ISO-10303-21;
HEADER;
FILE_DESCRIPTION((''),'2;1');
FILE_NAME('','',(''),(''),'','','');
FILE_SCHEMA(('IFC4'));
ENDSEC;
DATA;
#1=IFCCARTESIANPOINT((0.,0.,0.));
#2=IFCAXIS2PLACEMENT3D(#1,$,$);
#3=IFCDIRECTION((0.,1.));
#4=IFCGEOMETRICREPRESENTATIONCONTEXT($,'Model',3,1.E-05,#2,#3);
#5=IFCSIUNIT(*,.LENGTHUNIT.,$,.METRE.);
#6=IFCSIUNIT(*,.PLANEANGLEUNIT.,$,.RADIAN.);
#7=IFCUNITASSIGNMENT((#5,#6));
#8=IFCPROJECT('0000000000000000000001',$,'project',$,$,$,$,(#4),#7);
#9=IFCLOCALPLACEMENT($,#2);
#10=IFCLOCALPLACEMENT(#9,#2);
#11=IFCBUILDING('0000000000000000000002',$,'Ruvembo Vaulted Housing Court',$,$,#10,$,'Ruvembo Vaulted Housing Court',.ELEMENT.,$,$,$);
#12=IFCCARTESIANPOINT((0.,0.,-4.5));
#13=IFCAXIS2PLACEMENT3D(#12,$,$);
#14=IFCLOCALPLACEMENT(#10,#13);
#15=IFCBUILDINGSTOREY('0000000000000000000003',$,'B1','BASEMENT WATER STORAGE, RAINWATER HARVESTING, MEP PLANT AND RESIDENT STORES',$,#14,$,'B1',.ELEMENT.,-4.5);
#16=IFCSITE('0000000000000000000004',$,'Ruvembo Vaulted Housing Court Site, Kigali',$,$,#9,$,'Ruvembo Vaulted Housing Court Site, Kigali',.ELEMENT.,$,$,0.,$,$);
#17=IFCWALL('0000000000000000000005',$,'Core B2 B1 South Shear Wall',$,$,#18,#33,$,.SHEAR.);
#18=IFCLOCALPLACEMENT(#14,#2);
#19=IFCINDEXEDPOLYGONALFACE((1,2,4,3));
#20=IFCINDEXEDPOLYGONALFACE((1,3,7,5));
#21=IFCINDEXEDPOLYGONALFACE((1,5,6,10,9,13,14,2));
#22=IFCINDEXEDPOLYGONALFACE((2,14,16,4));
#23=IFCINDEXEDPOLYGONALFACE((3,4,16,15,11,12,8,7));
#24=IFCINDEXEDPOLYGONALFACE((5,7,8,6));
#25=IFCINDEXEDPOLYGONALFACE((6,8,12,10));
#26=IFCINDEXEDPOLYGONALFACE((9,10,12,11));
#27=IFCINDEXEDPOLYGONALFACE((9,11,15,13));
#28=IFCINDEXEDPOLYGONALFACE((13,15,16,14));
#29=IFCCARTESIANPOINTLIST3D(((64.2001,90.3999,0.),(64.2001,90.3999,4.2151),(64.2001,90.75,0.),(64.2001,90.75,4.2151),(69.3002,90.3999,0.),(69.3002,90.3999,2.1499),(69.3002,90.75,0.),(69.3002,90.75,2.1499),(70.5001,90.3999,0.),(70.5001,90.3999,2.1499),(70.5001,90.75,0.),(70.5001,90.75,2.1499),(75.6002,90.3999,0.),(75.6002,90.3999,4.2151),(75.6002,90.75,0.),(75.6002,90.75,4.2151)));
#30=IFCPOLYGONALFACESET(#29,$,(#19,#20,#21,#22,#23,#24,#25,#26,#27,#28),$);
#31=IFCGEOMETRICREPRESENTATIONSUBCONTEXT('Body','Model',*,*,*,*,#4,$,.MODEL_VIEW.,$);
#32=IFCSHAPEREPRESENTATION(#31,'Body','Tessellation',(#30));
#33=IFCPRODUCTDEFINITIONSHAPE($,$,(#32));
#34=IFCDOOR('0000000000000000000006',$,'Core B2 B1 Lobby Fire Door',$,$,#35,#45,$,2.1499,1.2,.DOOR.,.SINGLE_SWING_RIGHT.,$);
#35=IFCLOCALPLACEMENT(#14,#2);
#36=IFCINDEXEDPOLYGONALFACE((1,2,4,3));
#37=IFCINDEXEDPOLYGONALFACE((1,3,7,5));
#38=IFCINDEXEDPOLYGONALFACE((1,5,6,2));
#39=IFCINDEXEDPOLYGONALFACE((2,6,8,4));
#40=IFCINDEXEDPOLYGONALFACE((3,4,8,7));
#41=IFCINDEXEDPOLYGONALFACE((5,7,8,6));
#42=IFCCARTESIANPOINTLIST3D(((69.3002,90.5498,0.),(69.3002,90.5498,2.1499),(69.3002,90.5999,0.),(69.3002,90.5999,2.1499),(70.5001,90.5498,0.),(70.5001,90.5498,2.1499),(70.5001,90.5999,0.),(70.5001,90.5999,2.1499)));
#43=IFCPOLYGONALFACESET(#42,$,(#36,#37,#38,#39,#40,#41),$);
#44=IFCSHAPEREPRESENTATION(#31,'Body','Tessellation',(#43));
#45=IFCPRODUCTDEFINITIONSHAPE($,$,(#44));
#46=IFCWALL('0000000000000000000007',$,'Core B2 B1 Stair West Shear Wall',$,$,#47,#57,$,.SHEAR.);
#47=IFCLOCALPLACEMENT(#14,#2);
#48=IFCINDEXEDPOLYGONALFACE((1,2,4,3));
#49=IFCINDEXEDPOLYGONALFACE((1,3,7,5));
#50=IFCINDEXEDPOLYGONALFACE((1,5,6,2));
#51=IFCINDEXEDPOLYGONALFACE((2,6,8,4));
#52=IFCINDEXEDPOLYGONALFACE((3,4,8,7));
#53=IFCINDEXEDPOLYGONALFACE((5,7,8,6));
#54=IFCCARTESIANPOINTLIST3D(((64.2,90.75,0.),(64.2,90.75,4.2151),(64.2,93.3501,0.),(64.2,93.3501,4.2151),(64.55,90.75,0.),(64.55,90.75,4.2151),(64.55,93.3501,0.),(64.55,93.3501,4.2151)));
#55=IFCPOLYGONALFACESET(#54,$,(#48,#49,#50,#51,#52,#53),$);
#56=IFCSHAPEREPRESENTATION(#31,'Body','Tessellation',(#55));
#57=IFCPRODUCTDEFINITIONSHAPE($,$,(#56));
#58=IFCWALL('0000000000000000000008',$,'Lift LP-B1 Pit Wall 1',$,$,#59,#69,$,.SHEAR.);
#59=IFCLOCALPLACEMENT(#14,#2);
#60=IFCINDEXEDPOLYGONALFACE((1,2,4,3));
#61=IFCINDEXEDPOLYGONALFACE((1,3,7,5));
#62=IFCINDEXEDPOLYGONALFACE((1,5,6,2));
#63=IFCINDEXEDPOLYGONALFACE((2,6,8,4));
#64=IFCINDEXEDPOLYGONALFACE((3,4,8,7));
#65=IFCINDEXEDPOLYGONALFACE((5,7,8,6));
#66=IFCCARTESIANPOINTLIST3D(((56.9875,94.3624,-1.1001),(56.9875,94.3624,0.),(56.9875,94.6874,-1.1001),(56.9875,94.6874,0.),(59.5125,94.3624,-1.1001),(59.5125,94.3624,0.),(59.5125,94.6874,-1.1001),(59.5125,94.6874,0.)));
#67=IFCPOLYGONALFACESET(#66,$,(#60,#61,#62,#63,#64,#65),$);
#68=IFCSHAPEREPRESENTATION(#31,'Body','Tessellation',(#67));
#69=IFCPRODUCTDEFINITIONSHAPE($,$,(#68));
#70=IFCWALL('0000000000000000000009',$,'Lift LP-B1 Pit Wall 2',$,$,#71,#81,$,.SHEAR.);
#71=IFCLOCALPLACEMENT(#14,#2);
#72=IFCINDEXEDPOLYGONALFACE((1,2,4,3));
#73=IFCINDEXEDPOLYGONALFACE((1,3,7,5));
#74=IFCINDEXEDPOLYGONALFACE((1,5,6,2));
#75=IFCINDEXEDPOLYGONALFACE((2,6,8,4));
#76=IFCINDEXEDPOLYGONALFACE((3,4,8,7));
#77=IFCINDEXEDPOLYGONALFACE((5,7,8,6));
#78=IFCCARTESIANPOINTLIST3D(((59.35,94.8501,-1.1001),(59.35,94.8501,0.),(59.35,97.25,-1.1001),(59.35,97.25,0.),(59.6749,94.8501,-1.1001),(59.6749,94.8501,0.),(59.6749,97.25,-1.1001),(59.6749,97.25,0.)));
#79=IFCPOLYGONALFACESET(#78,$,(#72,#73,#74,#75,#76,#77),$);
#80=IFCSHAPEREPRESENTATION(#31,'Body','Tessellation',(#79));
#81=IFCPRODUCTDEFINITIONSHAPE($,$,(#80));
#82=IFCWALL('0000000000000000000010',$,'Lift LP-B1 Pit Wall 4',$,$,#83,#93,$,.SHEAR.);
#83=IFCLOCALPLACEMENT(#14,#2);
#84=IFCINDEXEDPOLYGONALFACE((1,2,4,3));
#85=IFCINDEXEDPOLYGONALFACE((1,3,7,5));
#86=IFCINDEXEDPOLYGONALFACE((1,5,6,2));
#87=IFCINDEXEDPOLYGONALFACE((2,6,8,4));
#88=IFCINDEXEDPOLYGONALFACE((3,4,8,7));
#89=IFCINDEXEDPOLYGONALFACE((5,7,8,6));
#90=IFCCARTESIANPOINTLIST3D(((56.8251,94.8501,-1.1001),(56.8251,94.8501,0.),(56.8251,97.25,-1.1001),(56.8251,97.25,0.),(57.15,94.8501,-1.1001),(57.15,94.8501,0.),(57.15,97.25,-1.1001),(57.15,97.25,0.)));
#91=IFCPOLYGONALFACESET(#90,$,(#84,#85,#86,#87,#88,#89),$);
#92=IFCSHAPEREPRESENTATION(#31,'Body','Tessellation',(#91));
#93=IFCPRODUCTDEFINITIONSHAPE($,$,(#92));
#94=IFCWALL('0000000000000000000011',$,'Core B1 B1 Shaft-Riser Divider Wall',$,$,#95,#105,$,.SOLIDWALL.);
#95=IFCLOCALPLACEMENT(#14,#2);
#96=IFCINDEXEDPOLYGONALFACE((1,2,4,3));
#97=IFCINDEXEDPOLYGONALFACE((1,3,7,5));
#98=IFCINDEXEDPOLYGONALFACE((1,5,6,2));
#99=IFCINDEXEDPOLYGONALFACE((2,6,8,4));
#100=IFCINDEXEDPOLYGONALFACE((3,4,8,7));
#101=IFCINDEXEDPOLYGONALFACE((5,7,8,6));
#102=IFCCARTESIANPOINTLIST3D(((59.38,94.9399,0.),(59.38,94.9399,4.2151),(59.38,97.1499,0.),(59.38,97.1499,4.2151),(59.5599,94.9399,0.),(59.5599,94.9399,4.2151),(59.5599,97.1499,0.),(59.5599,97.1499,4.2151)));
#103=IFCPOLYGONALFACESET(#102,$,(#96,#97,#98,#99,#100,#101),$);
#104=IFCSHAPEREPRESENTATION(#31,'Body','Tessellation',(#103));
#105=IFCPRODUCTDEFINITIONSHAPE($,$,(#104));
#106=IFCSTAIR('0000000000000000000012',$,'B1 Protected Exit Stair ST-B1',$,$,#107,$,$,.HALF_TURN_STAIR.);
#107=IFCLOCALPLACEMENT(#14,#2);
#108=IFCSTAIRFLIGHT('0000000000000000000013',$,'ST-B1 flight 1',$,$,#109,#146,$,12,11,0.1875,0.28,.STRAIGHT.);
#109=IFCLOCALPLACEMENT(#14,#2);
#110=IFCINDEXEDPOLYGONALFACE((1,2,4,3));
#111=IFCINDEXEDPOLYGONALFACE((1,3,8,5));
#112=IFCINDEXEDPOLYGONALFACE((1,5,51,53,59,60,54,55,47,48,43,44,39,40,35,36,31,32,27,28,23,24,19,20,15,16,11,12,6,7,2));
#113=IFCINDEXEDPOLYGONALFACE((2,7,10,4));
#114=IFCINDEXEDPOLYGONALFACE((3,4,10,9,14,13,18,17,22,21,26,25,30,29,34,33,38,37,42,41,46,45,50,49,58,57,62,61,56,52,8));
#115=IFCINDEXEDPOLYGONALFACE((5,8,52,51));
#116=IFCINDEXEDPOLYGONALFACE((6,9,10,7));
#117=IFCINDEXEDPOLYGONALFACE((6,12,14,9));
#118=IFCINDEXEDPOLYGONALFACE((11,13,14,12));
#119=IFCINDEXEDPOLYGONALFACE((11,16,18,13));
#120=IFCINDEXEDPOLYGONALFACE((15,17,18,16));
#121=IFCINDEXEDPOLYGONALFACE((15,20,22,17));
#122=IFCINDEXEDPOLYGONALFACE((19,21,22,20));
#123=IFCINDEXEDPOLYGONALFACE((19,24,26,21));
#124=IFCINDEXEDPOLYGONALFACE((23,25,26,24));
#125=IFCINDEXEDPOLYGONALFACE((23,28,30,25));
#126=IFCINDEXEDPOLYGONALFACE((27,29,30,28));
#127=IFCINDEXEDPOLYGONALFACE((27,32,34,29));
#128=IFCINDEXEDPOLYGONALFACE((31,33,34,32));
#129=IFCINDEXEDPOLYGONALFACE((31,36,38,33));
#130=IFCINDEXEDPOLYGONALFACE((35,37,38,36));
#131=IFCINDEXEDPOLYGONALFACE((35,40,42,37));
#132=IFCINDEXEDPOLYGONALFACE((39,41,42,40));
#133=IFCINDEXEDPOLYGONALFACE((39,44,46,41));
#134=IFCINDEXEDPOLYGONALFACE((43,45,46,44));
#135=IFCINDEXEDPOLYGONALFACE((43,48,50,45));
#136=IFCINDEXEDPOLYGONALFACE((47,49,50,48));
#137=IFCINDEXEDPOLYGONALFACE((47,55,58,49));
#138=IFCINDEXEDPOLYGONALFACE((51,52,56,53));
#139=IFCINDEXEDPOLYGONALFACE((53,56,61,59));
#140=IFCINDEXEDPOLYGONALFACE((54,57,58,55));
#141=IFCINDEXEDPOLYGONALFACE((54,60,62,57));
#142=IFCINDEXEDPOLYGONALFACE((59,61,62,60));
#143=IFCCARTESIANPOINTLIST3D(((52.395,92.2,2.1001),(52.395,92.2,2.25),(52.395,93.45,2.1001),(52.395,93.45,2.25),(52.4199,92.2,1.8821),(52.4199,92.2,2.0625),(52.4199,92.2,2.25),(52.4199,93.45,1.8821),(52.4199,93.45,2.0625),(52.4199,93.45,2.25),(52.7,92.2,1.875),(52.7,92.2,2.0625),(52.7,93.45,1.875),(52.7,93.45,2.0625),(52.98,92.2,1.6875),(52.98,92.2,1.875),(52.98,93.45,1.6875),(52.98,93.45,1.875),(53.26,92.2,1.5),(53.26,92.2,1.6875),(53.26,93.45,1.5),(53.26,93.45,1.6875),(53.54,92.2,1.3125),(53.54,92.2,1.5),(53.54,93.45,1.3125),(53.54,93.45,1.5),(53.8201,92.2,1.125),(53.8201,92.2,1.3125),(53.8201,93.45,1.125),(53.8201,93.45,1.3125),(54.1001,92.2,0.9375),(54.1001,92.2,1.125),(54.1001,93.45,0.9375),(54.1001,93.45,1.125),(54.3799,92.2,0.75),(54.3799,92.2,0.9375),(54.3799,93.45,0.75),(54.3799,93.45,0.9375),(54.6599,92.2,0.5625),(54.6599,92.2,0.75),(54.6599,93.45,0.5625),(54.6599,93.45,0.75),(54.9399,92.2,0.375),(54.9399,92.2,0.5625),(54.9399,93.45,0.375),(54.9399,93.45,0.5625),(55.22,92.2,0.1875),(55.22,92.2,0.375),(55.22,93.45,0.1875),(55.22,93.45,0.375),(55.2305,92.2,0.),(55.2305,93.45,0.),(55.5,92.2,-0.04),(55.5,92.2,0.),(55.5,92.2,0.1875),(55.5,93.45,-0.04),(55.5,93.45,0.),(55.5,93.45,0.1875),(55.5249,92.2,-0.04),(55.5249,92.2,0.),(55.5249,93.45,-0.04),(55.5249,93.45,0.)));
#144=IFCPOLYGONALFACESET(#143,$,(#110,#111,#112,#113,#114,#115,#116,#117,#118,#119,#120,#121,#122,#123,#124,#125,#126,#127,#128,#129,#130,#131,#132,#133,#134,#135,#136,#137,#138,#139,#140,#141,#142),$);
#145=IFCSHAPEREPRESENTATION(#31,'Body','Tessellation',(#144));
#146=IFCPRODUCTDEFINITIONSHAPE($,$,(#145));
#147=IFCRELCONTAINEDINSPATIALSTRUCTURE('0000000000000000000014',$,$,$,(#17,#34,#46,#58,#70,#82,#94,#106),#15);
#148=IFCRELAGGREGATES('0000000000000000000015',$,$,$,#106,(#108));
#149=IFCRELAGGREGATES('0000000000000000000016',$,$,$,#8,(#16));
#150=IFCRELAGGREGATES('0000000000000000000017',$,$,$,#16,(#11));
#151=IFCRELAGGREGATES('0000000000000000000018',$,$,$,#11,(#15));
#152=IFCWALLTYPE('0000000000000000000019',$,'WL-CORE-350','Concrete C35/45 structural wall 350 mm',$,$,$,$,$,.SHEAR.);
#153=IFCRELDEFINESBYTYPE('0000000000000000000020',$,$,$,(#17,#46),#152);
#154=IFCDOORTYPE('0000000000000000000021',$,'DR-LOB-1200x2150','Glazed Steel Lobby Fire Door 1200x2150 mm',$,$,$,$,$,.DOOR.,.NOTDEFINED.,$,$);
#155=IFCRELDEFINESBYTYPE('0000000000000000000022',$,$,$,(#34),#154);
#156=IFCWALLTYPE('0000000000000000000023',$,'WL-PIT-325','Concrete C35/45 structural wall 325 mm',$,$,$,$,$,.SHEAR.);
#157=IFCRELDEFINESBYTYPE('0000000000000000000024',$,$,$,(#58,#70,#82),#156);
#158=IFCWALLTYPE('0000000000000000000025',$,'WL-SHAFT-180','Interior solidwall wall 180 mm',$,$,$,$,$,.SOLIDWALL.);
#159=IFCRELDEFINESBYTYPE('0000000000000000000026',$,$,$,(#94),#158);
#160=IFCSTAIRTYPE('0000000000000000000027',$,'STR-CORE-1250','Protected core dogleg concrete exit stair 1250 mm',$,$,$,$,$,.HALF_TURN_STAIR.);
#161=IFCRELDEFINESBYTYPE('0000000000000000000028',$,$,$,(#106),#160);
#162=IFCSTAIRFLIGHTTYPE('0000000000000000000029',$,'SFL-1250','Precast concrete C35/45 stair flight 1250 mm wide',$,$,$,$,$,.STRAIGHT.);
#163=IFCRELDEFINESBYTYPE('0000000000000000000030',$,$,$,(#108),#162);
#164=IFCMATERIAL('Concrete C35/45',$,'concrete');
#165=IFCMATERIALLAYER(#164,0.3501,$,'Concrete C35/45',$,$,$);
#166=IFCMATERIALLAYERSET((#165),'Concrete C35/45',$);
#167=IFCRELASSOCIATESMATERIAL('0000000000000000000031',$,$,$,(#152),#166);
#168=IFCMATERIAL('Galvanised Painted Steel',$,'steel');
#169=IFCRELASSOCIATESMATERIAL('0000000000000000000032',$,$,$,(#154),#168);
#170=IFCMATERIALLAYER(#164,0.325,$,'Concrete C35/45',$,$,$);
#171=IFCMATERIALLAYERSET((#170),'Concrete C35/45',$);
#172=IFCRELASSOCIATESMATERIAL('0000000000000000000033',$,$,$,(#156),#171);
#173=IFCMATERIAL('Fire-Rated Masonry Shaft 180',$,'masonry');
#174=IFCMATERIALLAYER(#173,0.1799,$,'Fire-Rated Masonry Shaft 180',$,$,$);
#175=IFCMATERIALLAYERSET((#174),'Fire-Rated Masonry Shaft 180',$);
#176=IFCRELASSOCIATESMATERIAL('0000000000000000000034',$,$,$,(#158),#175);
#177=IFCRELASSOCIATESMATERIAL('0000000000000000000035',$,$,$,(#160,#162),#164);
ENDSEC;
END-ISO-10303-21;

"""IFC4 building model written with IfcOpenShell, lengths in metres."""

from ifc_helpers import new_model, si_unit, direction, frame, frame_2d, origin, place, context, subcontext, project, spatial, polyline, rectangle, outline, extrude, material, layer, layer_set, type_object, element, fill, aggregate, save


model = new_model("IFC4")

# Units and contexts
model_context = context("Model", 3, precision=1e-05, world=origin(), true_north=direction((0.0, 1.0)))
body_context = subcontext(model_context, "Body", "Model", "MODEL_VIEW")
ifc_project = project(units=[si_unit("LENGTHUNIT", "METRE"), si_unit("PLANEANGLEUNIT", "RADIAN")], contexts=[model_context])

# Site, building, storey
site_placement = place(None, origin())
site = spatial("IfcSite", under=ifc_project, at=site_placement, Name="Ruvembo Vaulted Housing Court Site, Kigali", LongName="Ruvembo Vaulted Housing Court Site, Kigali", CompositionType="ELEMENT", RefElevation=0.0)
building_placement = place(site_placement, origin())
building = spatial("IfcBuilding", under=site, at=building_placement, Name="Ruvembo Vaulted Housing Court", LongName="Ruvembo Vaulted Housing Court", CompositionType="ELEMENT")
storey_placement = place(building_placement, frame((0.0, 0.0, -4.5)))
storey = spatial("IfcBuildingStorey", under=building, at=storey_placement, Name="B1", Description="BASEMENT WATER STORAGE, RAINWATER HARVESTING, MEP PLANT AND RESIDENT STORES", LongName="B1", CompositionType="ELEMENT", Elevation=-4.5)

# Shared definitions
ifc_material_1 = material(Name="Concrete C35/45", Category="concrete")

# Shared definitions
ifc_material_2 = material(Name="Galvanised Painted Steel", Category="steel")

# Shared definitions
ifc_layer_1 = layer(ifc_material_1, 0.3501, Name="Concrete C35/45")
ifc_layer_set_1 = layer_set([ifc_layer_1], Name="Concrete C35/45")
wall_type_1 = type_object("IfcWallType", Name="WL-CORE-350", Description="Concrete C35/45 structural wall 350 mm", PredefinedType="SHEAR", material=ifc_layer_set_1)

# Wall, opening, door
wall_1_placement = place(storey_placement, frame((64.2, 90.575, 0.0), z_axis=(0.0, 0.0, 1.0), x_axis=(1.0, 0.0, 0.0)))
wall_1 = element("IfcWall", 1, at=wall_1_placement, inside=storey, type_object=wall_type_1, Name="Core B2 B1 South Shear Wall", PredefinedType="SHEAR", context=body_context, shape_type="SweptSolid", body=[
    extrude(rectangle(XDim=11.4001, YDim=0.3501, at=frame_2d((5.7002, 0.0))), origin(), (0.0, 0.0, 1.0), 4.2151),
])
opening_1_placement = place(wall_1_placement, frame((5.1001, 0.0, 0.0)))
opening_1 = element("IfcOpeningElement", 2, at=opening_1_placement, cuts=wall_1, PredefinedType="OPENING", context=body_context, shape_type="SweptSolid", body=[
    extrude(rectangle(XDim=1.2, YDim=2.1499, at=frame_2d((0.6001, 1.075))), frame((0.0, 0.1851, 0.0), z_axis=(0.0, -1.0, 0.0), x_axis=(1.0, 0.0, 0.0)), (0.0, 0.0, 1.0), 0.3701),
])
door_type_1 = type_object("IfcDoorType", Name="DR-LOB-1200x2150", Description="Glazed Steel Lobby Fire Door 1200x2150 mm", OperationType="NOTDEFINED", PredefinedType="DOOR", material=ifc_material_2)
door_1_placement = place(opening_1_placement, origin())
door_1 = element("IfcDoor", 3, at=door_1_placement, inside=storey, type_object=door_type_1, Name="Core B2 B1 Lobby Fire Door", OperationType="SINGLE_SWING_RIGHT", OverallHeight=2.1499, OverallWidth=1.2, PredefinedType="DOOR", context=body_context, shape_type="SweptSolid", body=[
    extrude(rectangle(XDim=1.2, YDim=2.1499, at=frame_2d((0.6001, 1.075))), frame((0.0, 0.0249, 0.0), z_axis=(0.0, -1.0, 0.0), x_axis=(1.0, 0.0, 0.0)), (0.0, 0.0, 1.0), 0.05),
])
fill(opening_1, door_1)

# Walls
wall_2_placement = place(storey_placement, frame((64.375, 93.3501, 0.0), z_axis=(0.0, 0.0, 1.0), x_axis=(0.0, -1.0, 0.0)))
element("IfcWall", 4, at=wall_2_placement, inside=storey, type_object=wall_type_1, Name="Core B2 B1 Stair West Shear Wall", PredefinedType="SHEAR", context=body_context, shape_type="SweptSolid", body=[
    extrude(rectangle(XDim=2.6001, YDim=0.3501, at=frame_2d((1.3, 0.0))), origin(), (0.0, 0.0, 1.0), 4.2151),
])
ifc_layer_2 = layer(ifc_material_1, 0.325, Name="Concrete C35/45")
ifc_layer_set_2 = layer_set([ifc_layer_2], Name="Concrete C35/45")
wall_type_2 = type_object("IfcWallType", Name="WL-PIT-325", Description="Concrete C35/45 structural wall 325 mm", PredefinedType="SHEAR", material=ifc_layer_set_2)
wall_3_placement = place(storey_placement, frame((56.9875, 94.5249, -1.1001), z_axis=(0.0, 0.0, 1.0), x_axis=(1.0, 0.0, 0.0)))
element("IfcWall", 5, at=wall_3_placement, inside=storey, type_object=wall_type_2, Name="Lift LP-B1 Pit Wall 1", PredefinedType="SHEAR", context=body_context, shape_type="SweptSolid", body=[
    extrude(rectangle(XDim=2.5249, YDim=0.325, at=frame_2d((1.2625, 0.0))), origin(), (0.0, 0.0, 1.0), 1.1001),
])
for number, where, z_axis, x_axis, name in (
    (6, (59.5125, 94.8501, -1.1001), (0.0, 0.0, 1.0), (0.0, 1.0, 0.0), "Lift LP-B1 Pit Wall 2"),
    (7, (56.9875, 97.25, -1.1001), (0.0, 0.0, 1.0), (0.0, -1.0, 0.0), "Lift LP-B1 Pit Wall 4"),
):
    element("IfcWall", number, at=place(storey_placement, frame(where, z_axis=z_axis, x_axis=x_axis)), inside=storey, type_object=wall_type_2, Name=name, PredefinedType="SHEAR", context=body_context, shape_type="SweptSolid", body=[
        extrude(rectangle(XDim=2.3999, YDim=0.325, at=frame_2d((1.2, 0.0))), origin(), (0.0, 0.0, 1.0), 1.1001),
    ])

# Shared definitions
ifc_material_3 = material(Name="Fire-Rated Masonry Shaft 180", Category="masonry")
ifc_layer_3 = layer(ifc_material_3, 0.1799, Name="Fire-Rated Masonry Shaft 180")
ifc_layer_set_3 = layer_set([ifc_layer_3], Name="Fire-Rated Masonry Shaft 180")
wall_type_3 = type_object("IfcWallType", Name="WL-SHAFT-180", Description="Interior solidwall wall 180 mm", PredefinedType="SOLIDWALL", material=ifc_layer_set_3)

# Wall
wall_4_placement = place(storey_placement, frame((59.47, 94.9399, 0.0), z_axis=(0.0, 0.0, 1.0), x_axis=(0.0, 1.0, 0.0)))
element("IfcWall", 8, at=wall_4_placement, inside=storey, type_object=wall_type_3, Name="Core B1 B1 Shaft-Riser Divider Wall", PredefinedType="SOLIDWALL", context=body_context, shape_type="SweptSolid", body=[
    extrude(rectangle(XDim=2.21, YDim=0.1799, at=frame_2d((1.105, 0.0))), origin(), (0.0, 0.0, 1.0), 4.2151),
])

# Stair, stair flight
stair_type = type_object("IfcStairType", Name="STR-CORE-1250", Description="Protected core dogleg concrete exit stair 1250 mm", PredefinedType="HALF_TURN_STAIR", material=ifc_material_1)
stair_placement = place(storey_placement, origin())
stair = element("IfcStair", 9, at=stair_placement, inside=storey, type_object=stair_type, Name="B1 Protected Exit Stair ST-B1", PredefinedType="HALF_TURN_STAIR")
stair_flight_type = type_object("IfcStairFlightType", Name="SFL-1250", Description="Precast concrete C35/45 stair flight 1250 mm wide", PredefinedType="STRAIGHT", material=ifc_material_1)
stair_flight_1_placement = place(storey_placement, frame((55.5, 92.825, 0.0), z_axis=(0.0, 0.0, 1.0), x_axis=(-1.0, 0.0, 0.0)))
stair_flight_1 = element("IfcStairFlight", 10, at=stair_flight_1_placement, type_object=stair_flight_type, Name="ST-B1 flight 1", NumberOfRisers=12, NumberOfTreads=11, PredefinedType="STRAIGHT", RiserHeight=0.1875, TreadLength=0.28, context=body_context, shape_type="SweptSolid", body=[
    extrude(outline(polyline([(-0.0249, -0.04), (-0.0249, 0.0), (0.0, 0.0), (0.0, 0.1875), (0.28, 0.1875), (0.28, 0.375), (0.5601, 0.375), (0.5601, 0.5625), (0.8401, 0.5625), (0.8401, 0.75), (1.1201, 0.75), (1.1201, 0.9375), (1.3999, 0.9375), (1.3999, 1.125), (1.6799, 1.125), (1.6799, 1.3125), (1.96, 1.3125), (1.96, 1.5), (2.24, 1.5), (2.24, 1.6875), (2.52, 1.6875), (2.52, 1.875), (2.8, 1.875), (2.8, 2.0625), (3.0801, 2.0625), (3.0801, 2.25), (3.105, 2.25), (3.105, 2.1001), (3.0801, 1.8821), (0.2695, 0.0), (0.0, -0.04), (-0.0249, -0.04)])), frame((0.0, 0.625, 0.0), z_axis=(0.0, -1.0, 0.0), x_axis=(1.0, 0.0, 0.0)), (0.0, 0.0, 1.0), 1.25),
])
aggregate(stair, [stair_flight_1])

save(model, "model.ifc")
